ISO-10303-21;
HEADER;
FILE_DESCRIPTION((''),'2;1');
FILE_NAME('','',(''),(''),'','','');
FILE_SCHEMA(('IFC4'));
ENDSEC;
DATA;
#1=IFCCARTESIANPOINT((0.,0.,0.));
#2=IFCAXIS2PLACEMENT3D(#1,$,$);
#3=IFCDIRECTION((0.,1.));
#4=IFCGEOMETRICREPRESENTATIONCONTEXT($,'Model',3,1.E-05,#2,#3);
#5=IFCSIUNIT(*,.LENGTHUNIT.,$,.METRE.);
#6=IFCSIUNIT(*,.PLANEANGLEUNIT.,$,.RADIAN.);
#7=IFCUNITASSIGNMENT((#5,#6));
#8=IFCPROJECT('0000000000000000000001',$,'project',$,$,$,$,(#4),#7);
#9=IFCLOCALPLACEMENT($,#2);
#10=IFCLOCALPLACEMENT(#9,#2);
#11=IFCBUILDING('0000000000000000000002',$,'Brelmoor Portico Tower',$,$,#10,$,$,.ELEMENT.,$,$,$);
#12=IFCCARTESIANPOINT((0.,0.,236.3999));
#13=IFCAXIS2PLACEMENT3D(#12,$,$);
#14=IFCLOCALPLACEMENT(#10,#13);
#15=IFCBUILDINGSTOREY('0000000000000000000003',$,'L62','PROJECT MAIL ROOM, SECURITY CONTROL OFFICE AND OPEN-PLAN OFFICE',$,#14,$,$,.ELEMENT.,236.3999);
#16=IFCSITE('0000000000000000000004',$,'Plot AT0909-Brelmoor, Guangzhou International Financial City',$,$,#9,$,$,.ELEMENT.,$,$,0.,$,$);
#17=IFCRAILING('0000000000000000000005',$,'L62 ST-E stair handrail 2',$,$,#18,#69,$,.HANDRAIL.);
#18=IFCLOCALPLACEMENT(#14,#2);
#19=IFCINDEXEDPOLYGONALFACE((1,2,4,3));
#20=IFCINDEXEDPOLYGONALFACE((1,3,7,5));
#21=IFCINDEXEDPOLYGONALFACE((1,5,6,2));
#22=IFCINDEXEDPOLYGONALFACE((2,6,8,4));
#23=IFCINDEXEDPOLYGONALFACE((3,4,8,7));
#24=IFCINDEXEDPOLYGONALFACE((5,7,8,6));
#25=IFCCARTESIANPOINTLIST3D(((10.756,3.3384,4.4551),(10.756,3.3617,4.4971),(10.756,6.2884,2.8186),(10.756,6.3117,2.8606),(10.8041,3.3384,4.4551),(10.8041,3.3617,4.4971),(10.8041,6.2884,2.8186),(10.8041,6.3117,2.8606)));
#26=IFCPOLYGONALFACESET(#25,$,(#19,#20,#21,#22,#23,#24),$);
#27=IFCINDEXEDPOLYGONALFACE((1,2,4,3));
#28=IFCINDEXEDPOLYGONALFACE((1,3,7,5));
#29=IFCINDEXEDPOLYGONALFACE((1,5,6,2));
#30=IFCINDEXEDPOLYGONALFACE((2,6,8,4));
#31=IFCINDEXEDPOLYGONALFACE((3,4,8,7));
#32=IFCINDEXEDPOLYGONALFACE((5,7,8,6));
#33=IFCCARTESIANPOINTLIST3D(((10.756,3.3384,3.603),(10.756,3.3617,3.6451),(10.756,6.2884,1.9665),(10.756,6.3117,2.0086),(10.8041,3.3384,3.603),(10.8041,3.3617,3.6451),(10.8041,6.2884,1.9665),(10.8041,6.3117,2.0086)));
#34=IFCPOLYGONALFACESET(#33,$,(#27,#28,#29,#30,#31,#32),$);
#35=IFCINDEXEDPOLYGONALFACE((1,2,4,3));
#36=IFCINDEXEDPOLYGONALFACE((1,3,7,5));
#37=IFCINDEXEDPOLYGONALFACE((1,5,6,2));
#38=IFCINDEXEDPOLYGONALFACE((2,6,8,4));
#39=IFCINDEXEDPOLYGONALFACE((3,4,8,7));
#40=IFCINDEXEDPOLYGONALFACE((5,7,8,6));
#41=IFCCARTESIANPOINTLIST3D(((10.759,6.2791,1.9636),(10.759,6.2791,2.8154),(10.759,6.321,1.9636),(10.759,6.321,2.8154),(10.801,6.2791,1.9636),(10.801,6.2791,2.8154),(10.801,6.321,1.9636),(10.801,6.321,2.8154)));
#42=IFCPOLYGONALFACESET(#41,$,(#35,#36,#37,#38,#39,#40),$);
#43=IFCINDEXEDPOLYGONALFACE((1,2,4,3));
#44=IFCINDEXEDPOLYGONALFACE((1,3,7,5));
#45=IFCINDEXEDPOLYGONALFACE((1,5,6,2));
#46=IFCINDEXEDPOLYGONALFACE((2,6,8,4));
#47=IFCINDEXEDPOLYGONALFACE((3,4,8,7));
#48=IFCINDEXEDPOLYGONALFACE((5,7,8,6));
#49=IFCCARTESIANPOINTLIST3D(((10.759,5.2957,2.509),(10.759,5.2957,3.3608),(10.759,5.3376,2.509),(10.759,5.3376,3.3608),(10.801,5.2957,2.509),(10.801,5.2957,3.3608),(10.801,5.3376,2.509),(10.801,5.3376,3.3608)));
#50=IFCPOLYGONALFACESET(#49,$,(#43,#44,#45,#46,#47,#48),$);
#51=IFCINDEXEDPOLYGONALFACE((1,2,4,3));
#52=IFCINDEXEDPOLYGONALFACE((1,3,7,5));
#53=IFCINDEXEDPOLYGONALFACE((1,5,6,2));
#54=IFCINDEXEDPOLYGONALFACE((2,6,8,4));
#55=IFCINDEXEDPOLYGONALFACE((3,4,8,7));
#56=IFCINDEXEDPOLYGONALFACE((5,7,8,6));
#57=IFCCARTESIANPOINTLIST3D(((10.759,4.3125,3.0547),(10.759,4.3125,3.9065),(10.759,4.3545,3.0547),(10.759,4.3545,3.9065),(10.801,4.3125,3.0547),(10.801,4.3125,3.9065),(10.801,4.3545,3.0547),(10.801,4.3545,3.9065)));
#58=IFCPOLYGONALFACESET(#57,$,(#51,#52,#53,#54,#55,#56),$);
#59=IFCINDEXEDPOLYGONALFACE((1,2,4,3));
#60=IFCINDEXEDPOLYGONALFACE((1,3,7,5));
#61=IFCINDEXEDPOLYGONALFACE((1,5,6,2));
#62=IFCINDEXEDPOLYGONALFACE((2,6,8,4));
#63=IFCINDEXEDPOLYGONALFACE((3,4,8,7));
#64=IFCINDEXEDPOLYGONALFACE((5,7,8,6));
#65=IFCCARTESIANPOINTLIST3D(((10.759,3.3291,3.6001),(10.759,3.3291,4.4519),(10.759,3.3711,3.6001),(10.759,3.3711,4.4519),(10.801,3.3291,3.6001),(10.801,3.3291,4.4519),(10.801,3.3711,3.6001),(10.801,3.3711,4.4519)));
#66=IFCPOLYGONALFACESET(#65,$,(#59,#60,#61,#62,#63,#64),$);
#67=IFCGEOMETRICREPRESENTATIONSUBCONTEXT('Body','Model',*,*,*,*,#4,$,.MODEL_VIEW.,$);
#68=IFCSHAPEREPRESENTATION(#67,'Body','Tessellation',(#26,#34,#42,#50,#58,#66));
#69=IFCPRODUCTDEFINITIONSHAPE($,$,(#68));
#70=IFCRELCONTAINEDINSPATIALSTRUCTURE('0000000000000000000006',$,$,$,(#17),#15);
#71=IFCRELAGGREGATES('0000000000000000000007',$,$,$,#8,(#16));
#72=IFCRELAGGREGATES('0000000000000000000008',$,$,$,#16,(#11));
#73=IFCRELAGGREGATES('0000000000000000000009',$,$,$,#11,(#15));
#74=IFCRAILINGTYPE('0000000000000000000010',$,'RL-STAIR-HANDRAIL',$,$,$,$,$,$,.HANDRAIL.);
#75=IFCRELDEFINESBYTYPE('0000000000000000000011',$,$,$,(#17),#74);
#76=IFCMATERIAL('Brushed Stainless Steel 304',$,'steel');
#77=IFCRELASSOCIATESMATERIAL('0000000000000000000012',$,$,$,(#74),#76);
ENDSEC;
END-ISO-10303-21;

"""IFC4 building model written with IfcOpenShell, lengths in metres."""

from ifc_helpers import new_model, si_unit, direction, frame, origin, origin_2d, place, context, subcontext, project, spatial, rectangle, extrude, material, type_object, element, save


model = new_model("IFC4")

# Units and contexts
model_context = context("Model", 3, precision=1e-05, world=origin(), true_north=direction((0.0, 1.0)))
body_context = subcontext(model_context, "Body", "Model", "MODEL_VIEW")
ifc_project = project(units=[si_unit("LENGTHUNIT", "METRE"), si_unit("PLANEANGLEUNIT", "RADIAN")], contexts=[model_context])

# Site, building, storey
site_placement = place(None, origin())
site = spatial("IfcSite", under=ifc_project, at=site_placement, Name="Plot AT0909-Brelmoor, Guangzhou International Financial City", CompositionType="ELEMENT", RefElevation=0.0)
building_placement = place(site_placement, origin())
building = spatial("IfcBuilding", under=site, at=building_placement, Name="Brelmoor Portico Tower", CompositionType="ELEMENT")
storey_placement = place(building_placement, frame((0.0, 0.0, 236.3999)))
storey = spatial("IfcBuildingStorey", under=building, at=storey_placement, Name="L62", Description="PROJECT MAIL ROOM, SECURITY CONTROL OFFICE AND OPEN-PLAN OFFICE", CompositionType="ELEMENT", Elevation=236.3999)

# Railing
ifc_material_1 = material(Name="Brushed Stainless Steel 304", Category="steel")
railing_type_1 = type_object("IfcRailingType", Name="RL-STAIR-HANDRAIL", PredefinedType="HANDRAIL", material=ifc_material_1)
railing_1_placement = place(storey_placement, frame((10.78, 6.3, 1.9636)))
element("IfcRailing", 1, at=railing_1_placement, inside=storey, type_object=railing_type_1, Name="L62 ST-E stair handrail 2", PredefinedType="HANDRAIL", context=body_context, shape_type="SweptSolid", body=[
    extrude(rectangle(XDim=0.0481, YDim=0.0481, at=origin_2d()), frame((0.0, 0.0, 0.876), z_axis=(0.0, -0.874458, 0.485102), x_axis=(1.0, 0.0, 0.0)), (0.0, 0.0, 1.0), 3.3735),
    extrude(rectangle(XDim=0.0481, YDim=0.0481, at=origin_2d()), frame((0.0, 0.0, 0.0239), z_axis=(0.0, -0.874458, 0.485102), x_axis=(1.0, 0.0, 0.0)), (0.0, 0.0, 1.0), 3.3735),
    extrude(rectangle(XDim=0.042, YDim=0.042, at=origin_2d()), origin(), (0.0, 0.0, 1.0), 0.8518),
    extrude(rectangle(XDim=0.042, YDim=0.042, at=origin_2d()), frame((0.0, -0.9834, 0.5454)), (0.0, 0.0, 1.0), 0.8518),
    extrude(rectangle(XDim=0.042, YDim=0.042, at=origin_2d()), frame((0.0, -1.9666, 1.0911)), (0.0, 0.0, 1.0), 0.8518),
    extrude(rectangle(XDim=0.042, YDim=0.042, at=origin_2d()), frame((0.0, -2.95, 1.6365)), (0.0, 0.0, 1.0), 0.8518),
])

save(model, "model.ifc")
